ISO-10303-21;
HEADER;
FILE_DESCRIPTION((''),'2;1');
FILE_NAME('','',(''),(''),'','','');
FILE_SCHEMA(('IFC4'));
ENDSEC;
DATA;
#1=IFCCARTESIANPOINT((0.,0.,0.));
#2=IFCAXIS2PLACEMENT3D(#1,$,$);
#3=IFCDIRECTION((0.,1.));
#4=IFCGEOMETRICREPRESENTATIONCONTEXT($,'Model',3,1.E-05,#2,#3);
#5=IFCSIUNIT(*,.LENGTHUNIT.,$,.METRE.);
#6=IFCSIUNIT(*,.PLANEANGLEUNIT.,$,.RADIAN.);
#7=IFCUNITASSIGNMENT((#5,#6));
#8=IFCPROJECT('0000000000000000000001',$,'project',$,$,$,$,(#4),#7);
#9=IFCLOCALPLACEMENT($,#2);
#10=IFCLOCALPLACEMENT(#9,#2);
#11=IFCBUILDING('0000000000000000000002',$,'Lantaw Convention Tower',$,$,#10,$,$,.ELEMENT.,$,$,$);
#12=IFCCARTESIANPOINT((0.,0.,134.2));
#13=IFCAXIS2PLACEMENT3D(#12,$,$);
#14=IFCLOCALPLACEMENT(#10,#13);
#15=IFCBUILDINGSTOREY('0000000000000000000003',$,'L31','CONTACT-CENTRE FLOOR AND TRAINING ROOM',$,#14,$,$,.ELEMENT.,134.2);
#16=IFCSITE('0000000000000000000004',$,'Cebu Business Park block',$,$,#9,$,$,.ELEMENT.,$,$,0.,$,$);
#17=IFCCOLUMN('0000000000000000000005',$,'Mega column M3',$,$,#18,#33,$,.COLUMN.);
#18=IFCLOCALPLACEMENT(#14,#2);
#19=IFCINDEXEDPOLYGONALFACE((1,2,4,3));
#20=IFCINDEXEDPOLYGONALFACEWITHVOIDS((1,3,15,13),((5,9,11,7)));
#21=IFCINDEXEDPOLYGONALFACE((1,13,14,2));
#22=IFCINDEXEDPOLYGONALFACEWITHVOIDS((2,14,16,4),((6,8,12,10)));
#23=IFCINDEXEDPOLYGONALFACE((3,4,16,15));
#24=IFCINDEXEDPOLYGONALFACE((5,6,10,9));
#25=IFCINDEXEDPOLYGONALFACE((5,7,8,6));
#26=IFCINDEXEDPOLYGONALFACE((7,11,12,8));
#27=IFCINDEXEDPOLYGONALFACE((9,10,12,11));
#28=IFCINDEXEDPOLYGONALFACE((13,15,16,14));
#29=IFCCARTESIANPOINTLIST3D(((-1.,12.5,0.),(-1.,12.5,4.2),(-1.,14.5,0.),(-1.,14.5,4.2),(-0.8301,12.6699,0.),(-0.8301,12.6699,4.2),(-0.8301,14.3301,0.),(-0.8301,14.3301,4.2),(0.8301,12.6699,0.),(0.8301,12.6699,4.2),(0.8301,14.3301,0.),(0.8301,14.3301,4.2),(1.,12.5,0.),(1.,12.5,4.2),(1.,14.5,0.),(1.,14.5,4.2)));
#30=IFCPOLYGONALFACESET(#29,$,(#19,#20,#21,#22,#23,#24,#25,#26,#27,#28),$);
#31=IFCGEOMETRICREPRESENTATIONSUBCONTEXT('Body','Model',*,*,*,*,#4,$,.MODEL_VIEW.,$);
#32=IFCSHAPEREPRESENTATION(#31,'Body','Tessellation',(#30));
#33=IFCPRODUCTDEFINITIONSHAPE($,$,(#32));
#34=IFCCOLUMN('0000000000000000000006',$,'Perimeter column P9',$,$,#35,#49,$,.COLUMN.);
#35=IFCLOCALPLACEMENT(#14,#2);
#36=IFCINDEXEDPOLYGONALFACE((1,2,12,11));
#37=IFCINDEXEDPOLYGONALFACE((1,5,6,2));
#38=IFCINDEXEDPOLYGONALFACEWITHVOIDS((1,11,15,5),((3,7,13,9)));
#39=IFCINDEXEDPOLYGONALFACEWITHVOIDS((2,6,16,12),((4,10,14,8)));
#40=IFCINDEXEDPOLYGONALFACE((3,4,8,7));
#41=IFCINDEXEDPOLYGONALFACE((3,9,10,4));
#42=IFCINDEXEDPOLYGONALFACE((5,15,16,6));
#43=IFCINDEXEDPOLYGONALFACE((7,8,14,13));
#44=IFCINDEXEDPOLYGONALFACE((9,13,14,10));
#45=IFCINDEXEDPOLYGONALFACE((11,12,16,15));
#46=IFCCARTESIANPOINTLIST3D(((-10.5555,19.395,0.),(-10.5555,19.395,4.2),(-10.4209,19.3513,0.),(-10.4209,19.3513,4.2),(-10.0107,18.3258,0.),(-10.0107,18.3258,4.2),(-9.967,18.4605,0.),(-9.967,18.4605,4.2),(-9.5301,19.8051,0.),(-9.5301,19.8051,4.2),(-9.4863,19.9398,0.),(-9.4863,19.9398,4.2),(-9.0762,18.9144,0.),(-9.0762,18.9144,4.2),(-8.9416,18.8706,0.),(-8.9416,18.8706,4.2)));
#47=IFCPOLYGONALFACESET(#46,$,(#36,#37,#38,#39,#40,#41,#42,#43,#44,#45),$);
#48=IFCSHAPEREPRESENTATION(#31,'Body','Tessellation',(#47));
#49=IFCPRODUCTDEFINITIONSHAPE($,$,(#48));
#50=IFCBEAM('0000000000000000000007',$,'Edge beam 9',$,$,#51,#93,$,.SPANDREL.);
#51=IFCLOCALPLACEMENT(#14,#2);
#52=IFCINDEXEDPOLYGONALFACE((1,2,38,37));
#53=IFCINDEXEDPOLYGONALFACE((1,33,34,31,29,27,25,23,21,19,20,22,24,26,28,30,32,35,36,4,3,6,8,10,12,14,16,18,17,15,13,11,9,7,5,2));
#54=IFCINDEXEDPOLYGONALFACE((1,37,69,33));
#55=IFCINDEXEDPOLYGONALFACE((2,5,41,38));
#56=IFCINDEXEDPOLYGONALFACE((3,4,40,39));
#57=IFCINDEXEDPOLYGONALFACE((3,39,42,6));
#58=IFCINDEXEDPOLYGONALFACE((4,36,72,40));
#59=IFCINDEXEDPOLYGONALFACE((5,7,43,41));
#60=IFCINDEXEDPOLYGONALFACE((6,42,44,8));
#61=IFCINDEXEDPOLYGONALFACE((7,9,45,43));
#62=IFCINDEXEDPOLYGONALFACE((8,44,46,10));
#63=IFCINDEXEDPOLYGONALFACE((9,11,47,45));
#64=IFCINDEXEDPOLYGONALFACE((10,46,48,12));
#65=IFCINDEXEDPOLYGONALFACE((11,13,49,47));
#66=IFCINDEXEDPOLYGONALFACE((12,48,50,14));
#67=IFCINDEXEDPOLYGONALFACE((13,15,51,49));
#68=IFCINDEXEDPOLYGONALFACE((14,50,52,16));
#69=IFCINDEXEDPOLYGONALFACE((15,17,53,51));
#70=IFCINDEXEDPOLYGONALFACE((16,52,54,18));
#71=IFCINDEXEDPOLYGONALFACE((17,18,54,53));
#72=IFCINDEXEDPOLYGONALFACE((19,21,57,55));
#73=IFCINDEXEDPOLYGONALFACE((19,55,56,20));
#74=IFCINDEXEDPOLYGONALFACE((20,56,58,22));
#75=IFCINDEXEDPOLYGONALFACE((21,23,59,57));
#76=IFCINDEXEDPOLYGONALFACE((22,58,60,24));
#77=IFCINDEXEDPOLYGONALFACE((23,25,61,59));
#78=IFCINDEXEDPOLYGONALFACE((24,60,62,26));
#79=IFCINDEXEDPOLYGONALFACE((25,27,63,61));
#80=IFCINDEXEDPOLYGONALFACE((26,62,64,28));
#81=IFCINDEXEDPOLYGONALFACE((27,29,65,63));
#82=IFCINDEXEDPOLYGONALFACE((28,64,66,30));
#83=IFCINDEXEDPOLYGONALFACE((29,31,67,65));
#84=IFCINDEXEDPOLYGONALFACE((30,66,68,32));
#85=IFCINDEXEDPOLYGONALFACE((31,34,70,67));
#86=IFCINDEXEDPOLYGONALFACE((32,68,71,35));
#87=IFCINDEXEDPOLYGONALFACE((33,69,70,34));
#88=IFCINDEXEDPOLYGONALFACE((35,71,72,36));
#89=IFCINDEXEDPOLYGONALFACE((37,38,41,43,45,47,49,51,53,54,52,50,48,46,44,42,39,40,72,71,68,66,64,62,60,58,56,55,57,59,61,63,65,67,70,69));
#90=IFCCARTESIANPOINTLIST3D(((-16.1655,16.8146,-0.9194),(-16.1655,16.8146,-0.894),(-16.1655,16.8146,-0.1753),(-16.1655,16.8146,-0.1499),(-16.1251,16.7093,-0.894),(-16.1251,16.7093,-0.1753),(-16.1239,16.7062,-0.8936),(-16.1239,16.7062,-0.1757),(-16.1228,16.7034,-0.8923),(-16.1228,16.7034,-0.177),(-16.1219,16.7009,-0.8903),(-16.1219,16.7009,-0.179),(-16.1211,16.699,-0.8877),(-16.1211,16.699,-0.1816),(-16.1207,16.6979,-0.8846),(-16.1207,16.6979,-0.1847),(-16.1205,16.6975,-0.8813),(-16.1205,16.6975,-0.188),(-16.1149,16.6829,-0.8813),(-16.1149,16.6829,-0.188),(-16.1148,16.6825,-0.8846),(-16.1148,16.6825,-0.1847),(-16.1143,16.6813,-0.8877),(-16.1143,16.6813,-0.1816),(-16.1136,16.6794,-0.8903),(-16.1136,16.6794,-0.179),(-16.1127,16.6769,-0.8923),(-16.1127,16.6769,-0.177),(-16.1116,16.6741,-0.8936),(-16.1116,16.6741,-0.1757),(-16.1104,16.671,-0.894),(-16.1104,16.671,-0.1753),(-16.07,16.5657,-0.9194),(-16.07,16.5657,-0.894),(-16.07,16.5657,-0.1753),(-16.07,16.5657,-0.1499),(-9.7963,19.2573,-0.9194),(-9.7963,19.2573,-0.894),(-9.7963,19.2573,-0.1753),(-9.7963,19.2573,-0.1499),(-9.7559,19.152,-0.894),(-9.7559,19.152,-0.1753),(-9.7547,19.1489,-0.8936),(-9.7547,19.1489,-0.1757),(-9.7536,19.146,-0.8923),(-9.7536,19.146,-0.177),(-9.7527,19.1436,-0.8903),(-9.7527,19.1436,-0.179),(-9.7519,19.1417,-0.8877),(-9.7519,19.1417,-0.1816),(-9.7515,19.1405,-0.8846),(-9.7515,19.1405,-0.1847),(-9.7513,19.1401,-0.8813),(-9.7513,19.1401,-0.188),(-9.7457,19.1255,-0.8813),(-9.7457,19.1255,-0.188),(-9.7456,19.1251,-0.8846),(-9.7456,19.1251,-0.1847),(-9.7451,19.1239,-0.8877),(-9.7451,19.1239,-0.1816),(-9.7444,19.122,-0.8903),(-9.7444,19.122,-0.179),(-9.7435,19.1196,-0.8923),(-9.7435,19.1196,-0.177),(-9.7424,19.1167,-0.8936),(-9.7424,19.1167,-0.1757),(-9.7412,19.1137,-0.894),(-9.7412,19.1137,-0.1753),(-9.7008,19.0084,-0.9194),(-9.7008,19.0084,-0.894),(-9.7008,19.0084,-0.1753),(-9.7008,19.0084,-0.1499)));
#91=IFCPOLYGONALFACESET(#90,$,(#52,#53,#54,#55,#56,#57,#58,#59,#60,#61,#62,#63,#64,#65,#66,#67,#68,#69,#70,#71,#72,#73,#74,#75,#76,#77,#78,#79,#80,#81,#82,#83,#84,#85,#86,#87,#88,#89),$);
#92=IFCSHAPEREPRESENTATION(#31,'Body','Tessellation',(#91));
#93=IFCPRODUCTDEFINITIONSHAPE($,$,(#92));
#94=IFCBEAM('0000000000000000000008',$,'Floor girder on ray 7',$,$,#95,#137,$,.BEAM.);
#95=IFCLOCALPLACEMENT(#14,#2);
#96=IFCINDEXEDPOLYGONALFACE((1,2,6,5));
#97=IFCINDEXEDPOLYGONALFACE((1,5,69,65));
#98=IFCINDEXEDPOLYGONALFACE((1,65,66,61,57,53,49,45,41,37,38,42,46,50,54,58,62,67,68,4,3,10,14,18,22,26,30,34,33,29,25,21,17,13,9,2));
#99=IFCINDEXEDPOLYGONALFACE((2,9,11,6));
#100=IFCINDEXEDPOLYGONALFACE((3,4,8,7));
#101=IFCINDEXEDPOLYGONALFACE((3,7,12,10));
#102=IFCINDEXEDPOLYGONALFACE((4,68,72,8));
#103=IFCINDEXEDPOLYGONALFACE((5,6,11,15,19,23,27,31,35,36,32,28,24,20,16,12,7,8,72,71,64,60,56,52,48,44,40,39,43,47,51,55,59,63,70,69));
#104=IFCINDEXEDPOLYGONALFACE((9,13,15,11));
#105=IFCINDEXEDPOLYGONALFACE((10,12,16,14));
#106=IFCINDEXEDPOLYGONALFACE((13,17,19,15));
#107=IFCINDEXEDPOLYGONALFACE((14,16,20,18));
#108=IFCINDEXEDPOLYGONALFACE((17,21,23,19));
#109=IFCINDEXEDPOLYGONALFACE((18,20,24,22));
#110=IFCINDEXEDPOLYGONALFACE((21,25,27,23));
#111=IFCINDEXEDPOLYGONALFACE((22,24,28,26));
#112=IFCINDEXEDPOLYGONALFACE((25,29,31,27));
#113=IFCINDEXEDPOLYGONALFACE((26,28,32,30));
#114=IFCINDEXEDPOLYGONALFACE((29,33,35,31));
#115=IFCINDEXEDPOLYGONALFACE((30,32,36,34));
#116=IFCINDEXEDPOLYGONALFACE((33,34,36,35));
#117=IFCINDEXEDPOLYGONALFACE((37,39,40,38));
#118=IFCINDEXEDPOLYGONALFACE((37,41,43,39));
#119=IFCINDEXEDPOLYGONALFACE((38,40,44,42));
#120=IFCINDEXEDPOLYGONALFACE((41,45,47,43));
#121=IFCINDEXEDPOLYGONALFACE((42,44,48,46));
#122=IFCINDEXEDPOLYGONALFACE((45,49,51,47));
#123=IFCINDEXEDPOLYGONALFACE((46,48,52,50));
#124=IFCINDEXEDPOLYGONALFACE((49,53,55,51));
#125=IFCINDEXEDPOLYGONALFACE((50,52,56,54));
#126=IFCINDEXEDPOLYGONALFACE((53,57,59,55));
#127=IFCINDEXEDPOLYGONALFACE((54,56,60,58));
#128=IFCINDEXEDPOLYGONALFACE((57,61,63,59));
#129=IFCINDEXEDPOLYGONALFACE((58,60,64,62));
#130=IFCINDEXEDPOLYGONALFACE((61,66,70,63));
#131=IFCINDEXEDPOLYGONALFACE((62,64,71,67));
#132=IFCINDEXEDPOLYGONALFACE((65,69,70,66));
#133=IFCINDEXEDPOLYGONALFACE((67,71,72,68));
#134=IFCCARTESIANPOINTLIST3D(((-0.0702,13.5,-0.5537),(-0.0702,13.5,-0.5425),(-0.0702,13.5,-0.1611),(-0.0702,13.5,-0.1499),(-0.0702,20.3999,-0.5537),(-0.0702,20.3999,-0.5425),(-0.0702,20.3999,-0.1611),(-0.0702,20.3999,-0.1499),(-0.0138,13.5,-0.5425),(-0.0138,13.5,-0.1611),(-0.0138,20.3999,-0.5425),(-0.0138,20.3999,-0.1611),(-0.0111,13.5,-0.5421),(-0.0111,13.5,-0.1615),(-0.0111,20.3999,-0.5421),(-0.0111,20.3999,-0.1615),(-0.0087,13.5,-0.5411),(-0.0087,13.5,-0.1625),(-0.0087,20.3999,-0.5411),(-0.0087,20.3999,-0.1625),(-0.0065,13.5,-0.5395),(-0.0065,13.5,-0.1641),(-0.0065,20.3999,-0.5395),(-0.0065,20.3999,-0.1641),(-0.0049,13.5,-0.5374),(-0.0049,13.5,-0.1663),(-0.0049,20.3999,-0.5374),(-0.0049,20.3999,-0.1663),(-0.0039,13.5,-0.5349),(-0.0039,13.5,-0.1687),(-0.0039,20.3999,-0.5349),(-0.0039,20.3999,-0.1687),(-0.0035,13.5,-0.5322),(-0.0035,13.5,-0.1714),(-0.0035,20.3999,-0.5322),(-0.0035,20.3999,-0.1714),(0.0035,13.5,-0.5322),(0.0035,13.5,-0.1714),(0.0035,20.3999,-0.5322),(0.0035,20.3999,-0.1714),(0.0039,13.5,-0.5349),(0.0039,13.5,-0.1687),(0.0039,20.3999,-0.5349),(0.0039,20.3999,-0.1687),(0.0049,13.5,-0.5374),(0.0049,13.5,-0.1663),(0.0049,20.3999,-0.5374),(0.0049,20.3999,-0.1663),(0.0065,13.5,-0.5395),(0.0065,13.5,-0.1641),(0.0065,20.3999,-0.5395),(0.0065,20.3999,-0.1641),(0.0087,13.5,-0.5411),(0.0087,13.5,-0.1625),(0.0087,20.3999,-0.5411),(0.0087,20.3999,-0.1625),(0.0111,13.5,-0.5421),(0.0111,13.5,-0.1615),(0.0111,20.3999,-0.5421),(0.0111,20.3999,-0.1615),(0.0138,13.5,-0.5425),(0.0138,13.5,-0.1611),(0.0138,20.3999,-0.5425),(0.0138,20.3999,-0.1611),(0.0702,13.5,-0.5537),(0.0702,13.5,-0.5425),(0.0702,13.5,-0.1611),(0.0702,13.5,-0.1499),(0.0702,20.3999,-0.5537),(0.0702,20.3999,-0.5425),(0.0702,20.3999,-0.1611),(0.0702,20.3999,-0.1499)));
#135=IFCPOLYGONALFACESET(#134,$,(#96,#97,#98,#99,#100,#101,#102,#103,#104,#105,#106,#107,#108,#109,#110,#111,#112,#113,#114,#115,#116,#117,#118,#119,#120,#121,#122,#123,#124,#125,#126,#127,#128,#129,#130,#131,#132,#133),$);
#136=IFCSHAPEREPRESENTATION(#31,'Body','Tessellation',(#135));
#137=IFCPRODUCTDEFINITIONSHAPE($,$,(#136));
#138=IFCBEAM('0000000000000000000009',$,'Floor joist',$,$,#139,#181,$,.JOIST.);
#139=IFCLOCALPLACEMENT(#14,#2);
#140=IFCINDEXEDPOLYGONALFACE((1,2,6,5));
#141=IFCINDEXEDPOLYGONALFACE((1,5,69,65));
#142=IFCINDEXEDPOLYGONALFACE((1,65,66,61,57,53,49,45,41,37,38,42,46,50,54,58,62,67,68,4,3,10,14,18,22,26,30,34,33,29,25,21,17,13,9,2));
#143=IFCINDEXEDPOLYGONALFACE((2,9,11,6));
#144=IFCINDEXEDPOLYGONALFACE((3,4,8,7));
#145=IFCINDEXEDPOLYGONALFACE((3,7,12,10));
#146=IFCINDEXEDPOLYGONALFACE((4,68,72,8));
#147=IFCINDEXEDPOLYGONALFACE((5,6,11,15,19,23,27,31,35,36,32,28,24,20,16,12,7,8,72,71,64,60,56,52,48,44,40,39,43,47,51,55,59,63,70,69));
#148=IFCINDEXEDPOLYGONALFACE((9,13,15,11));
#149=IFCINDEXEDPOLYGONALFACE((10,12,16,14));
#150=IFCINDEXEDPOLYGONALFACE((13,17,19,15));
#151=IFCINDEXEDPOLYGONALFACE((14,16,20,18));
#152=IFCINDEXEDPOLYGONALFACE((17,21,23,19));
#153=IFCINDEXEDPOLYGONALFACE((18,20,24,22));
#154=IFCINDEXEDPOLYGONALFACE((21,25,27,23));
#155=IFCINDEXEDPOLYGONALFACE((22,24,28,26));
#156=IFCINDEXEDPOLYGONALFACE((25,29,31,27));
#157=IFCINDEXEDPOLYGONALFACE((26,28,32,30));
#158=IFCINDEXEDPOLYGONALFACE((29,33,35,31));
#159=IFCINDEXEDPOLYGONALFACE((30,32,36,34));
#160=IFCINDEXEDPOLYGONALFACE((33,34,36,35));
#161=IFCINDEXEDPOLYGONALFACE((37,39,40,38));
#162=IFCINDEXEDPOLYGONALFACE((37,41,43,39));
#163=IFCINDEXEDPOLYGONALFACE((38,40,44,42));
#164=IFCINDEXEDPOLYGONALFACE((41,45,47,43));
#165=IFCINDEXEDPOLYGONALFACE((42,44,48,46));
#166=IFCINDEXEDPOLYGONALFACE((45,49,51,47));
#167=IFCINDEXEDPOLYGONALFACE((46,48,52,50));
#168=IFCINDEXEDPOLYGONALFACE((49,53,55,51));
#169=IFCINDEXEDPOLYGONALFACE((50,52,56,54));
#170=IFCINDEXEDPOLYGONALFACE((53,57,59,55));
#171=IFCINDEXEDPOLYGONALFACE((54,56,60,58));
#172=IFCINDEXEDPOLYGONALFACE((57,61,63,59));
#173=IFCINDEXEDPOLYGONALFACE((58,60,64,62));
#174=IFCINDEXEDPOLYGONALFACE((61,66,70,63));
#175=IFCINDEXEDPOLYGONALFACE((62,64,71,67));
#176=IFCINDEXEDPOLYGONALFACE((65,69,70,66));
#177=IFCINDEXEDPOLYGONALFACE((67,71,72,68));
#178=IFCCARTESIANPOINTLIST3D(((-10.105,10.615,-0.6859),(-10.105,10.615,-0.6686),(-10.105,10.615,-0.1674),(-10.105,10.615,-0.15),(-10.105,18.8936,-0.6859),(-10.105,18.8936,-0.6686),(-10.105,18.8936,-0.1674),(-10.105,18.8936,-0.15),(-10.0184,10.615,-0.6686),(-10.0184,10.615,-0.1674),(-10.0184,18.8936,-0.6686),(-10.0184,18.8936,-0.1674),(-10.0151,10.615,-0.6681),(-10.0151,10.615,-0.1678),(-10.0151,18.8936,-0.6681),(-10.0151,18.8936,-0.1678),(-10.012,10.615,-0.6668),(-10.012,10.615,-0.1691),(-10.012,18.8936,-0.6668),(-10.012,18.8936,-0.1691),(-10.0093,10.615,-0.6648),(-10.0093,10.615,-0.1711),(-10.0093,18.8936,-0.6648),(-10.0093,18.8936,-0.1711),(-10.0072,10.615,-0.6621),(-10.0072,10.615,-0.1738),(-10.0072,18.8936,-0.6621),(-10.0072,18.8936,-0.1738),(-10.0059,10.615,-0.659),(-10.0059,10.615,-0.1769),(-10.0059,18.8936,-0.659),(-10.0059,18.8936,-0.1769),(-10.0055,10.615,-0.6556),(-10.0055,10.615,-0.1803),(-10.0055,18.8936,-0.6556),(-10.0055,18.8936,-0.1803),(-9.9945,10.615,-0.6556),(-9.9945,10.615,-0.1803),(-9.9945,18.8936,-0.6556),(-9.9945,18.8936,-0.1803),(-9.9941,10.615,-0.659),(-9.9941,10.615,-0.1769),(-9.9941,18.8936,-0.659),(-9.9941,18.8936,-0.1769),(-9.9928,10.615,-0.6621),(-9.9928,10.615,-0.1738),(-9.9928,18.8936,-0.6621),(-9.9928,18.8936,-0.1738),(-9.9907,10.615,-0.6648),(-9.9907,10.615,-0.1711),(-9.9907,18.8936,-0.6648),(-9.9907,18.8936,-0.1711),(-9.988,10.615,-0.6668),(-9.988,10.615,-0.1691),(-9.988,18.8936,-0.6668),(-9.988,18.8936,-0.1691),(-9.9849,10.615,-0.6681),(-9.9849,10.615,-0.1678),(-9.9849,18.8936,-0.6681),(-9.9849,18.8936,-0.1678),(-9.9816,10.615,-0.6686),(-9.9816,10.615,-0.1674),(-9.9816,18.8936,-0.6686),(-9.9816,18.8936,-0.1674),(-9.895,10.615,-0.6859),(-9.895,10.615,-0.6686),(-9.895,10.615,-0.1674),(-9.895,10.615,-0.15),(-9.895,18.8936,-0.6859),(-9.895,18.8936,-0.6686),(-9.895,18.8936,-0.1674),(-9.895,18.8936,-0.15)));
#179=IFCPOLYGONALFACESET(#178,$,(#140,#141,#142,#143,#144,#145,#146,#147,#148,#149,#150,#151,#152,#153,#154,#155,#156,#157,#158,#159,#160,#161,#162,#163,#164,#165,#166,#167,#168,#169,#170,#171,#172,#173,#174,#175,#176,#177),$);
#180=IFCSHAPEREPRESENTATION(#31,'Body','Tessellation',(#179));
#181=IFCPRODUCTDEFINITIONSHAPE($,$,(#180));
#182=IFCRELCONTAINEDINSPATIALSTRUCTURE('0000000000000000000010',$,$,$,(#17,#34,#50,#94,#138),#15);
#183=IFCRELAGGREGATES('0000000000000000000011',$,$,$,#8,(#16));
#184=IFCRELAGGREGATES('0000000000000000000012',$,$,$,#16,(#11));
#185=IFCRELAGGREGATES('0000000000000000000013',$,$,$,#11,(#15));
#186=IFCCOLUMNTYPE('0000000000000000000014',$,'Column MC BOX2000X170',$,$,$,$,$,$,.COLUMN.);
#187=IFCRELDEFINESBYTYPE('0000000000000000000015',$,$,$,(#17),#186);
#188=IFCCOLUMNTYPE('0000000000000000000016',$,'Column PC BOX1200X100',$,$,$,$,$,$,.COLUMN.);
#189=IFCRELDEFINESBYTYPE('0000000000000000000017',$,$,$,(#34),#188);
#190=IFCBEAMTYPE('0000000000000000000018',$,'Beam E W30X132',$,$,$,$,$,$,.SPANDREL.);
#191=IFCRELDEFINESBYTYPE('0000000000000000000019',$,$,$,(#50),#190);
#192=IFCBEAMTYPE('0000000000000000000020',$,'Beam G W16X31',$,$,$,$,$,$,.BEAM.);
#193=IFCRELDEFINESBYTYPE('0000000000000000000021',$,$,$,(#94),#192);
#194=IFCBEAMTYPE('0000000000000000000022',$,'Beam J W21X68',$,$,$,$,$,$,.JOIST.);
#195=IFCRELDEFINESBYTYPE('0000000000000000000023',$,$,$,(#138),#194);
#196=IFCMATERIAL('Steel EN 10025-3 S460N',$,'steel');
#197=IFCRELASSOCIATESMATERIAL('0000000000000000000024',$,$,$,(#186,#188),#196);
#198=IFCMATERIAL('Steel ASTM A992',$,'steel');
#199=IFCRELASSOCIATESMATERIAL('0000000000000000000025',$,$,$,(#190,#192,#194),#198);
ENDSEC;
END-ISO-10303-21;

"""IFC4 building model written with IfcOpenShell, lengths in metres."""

from ifc_helpers import new_model, si_unit, direction, frame, origin, origin_2d, place, context, subcontext, project, spatial, rectangle, hollow_rectangle, i_section, extrude, material, material_profile, profile_set, type_object, element, save


model = new_model("IFC4")

# Units and contexts
model_context = context("Model", 3, precision=1e-05, world=origin(), true_north=direction((0.0, 1.0)))
body_context = subcontext(model_context, "Body", "Model", "MODEL_VIEW")
ifc_project = project(units=[si_unit("LENGTHUNIT", "METRE"), si_unit("PLANEANGLEUNIT", "RADIAN")], contexts=[model_context])

# Site, building, storey
site_placement = place(None, origin())
site = spatial("IfcSite", under=ifc_project, at=site_placement, Name="Cebu Business Park block", CompositionType="ELEMENT", RefElevation=0.0)
building_placement = place(site_placement, origin())
building = spatial("IfcBuilding", under=site, at=building_placement, Name="Lantaw Convention Tower", CompositionType="ELEMENT")
storey_placement = place(building_placement, frame((0.0, 0.0, 134.2)))
storey = spatial("IfcBuildingStorey", under=building, at=storey_placement, Name="L31", Description="CONTACT-CENTRE FLOOR AND TRAINING ROOM", CompositionType="ELEMENT", Elevation=134.2)

# Columns
ifc_material_1 = material(Name="Steel EN 10025-3 S460N", Category="steel")
ifc_material_profile_1 = material_profile(ifc_material_1, hollow_rectangle(XDim=2.0, YDim=2.0, WallThickness=0.1699, at=origin_2d()), Name="BOX2000X170")
ifc_material_2 = material(Name="Concrete C60/75", Category="concrete")
ifc_material_profile_2 = material_profile(ifc_material_2, rectangle(XDim=1.6599, YDim=1.6599, at=origin_2d()), Name="Concrete fill of BOX2000X170")
ifc_profile_set_1 = profile_set([ifc_material_profile_1, ifc_material_profile_2], Name="Steel EN 10025-3 S460N")
column_type_1 = type_object("IfcColumnType", Name="Column MC BOX2000X170", PredefinedType="COLUMN", material=ifc_profile_set_1)
column_1_placement = place(storey_placement, frame((0.0, 13.5, 0.0), z_axis=(0.0, 0.0, 1.0), x_axis=(1.0, 0.0, 0.0)))
element("IfcColumn", 1, at=column_1_placement, inside=storey, type_object=column_type_1, Name="Mega column M3", PredefinedType="COLUMN", context=body_context, shape_type="SweptSolid", body=[
    extrude(hollow_rectangle(XDim=2.0, YDim=2.0, WallThickness=0.1699, at=origin_2d()), origin(), (0.0, 0.0, 1.0), 4.2),
])
ifc_material_profile_3 = material_profile(ifc_material_1, hollow_rectangle(XDim=1.2, YDim=1.2, WallThickness=0.1001, at=origin_2d()), Name="BOX1200X100")
ifc_material_profile_4 = material_profile(ifc_material_2, rectangle(XDim=1.0, YDim=1.0, at=origin_2d()), Name="Concrete fill of BOX1200X100")
ifc_profile_set_2 = profile_set([ifc_material_profile_3, ifc_material_profile_4], Name="Steel EN 10025-3 S460N")
column_type_2 = type_object("IfcColumnType", Name="Column PC BOX1200X100", PredefinedType="COLUMN", material=ifc_profile_set_2)
column_2_placement = place(storey_placement, frame((-9.7485, 19.1328, 0.0), z_axis=(0.0, 0.0, 1.0), x_axis=(0.891007, 0.45399, 0.0)))
element("IfcColumn", 2, at=column_2_placement, inside=storey, type_object=column_type_2, Name="Perimeter column P9", PredefinedType="COLUMN", context=body_context, shape_type="SweptSolid", body=[
    extrude(hollow_rectangle(XDim=1.2, YDim=1.2, WallThickness=0.1001, at=origin_2d()), origin(), (0.0, 0.0, 1.0), 4.2),
])

# Beams
ifc_material_3 = material(Name="Steel ASTM A992", Category="steel")
ifc_material_profile_5 = material_profile(ifc_material_3, i_section(OverallWidth=0.2666, OverallDepth=0.7695, WebThickness=0.0156, FlangeThickness=0.0254, FilletRadius=0.0127, at=origin_2d()), Name="W30X132")
ifc_profile_set_3 = profile_set([ifc_material_profile_5], Name="Steel ASTM A992")
beam_type_1 = type_object("IfcBeamType", Name="Beam E W30X132", PredefinedType="SPANDREL", material=ifc_profile_set_3)
beam_1_placement = place(storey_placement, frame((-9.7485, 19.1328, -0.5347), z_axis=(-0.933691, -0.35808, 0.0), x_axis=(0.35808, -0.933691, 0.0)))
element("IfcBeam", 3, at=beam_1_placement, inside=storey, type_object=beam_type_1, Name="Edge beam 9", PredefinedType="SPANDREL", context=body_context, shape_type="SweptSolid", body=[
    extrude(i_section(OverallWidth=0.2666, OverallDepth=0.7695, WebThickness=0.0156, FlangeThickness=0.0254, FilletRadius=0.0127, at=origin_2d()), origin(), (0.0, 0.0, 1.0), 6.8215),
])
ifc_material_profile_6 = material_profile(ifc_material_3, i_section(OverallWidth=0.1404, OverallDepth=0.4038, WebThickness=0.0071, FlangeThickness=0.0112, FilletRadius=0.0103, at=origin_2d()), Name="W16X31")
ifc_profile_set_4 = profile_set([ifc_material_profile_6], Name="Steel ASTM A992")
beam_type_2 = type_object("IfcBeamType", Name="Beam G W16X31", PredefinedType="BEAM", material=ifc_profile_set_4)
beam_2_placement = place(storey_placement, frame((0.0, 13.5, -0.3518), z_axis=(0.0, 1.0, 0.0), x_axis=(-1.0, 0.0, 0.0)))
element("IfcBeam", 4, at=beam_2_placement, inside=storey, type_object=beam_type_2, Name="Floor girder on ray 7", PredefinedType="BEAM", context=body_context, shape_type="SweptSolid", body=[
    extrude(i_section(OverallWidth=0.1404, OverallDepth=0.4038, WebThickness=0.0071, FlangeThickness=0.0112, FilletRadius=0.0103, at=origin_2d()), origin(), (0.0, 0.0, 1.0), 6.8999),
])
ifc_material_profile_7 = material_profile(ifc_material_3, i_section(OverallWidth=0.21, OverallDepth=0.5359, WebThickness=0.011, FlangeThickness=0.0173, FilletRadius=0.0129, at=origin_2d()), Name="W21X68")
ifc_profile_set_5 = profile_set([ifc_material_profile_7], Name="Steel ASTM A992")
beam_type_3 = type_object("IfcBeamType", Name="Beam J W21X68", PredefinedType="JOIST", material=ifc_profile_set_5)
beam_3_placement = place(storey_placement, frame((-10.0, 10.615, -0.418), z_axis=(0.0, 1.0, 0.0), x_axis=(-1.0, 0.0, 0.0)))
element("IfcBeam", 5, at=beam_3_placement, inside=storey, type_object=beam_type_3, Name="Floor joist", PredefinedType="JOIST", context=body_context, shape_type="SweptSolid", body=[
    extrude(i_section(OverallWidth=0.21, OverallDepth=0.5359, WebThickness=0.011, FlangeThickness=0.0173, FilletRadius=0.0129, at=origin_2d()), origin(), (0.0, 0.0, 1.0), 8.2786),
])

save(model, "model.ifc")
